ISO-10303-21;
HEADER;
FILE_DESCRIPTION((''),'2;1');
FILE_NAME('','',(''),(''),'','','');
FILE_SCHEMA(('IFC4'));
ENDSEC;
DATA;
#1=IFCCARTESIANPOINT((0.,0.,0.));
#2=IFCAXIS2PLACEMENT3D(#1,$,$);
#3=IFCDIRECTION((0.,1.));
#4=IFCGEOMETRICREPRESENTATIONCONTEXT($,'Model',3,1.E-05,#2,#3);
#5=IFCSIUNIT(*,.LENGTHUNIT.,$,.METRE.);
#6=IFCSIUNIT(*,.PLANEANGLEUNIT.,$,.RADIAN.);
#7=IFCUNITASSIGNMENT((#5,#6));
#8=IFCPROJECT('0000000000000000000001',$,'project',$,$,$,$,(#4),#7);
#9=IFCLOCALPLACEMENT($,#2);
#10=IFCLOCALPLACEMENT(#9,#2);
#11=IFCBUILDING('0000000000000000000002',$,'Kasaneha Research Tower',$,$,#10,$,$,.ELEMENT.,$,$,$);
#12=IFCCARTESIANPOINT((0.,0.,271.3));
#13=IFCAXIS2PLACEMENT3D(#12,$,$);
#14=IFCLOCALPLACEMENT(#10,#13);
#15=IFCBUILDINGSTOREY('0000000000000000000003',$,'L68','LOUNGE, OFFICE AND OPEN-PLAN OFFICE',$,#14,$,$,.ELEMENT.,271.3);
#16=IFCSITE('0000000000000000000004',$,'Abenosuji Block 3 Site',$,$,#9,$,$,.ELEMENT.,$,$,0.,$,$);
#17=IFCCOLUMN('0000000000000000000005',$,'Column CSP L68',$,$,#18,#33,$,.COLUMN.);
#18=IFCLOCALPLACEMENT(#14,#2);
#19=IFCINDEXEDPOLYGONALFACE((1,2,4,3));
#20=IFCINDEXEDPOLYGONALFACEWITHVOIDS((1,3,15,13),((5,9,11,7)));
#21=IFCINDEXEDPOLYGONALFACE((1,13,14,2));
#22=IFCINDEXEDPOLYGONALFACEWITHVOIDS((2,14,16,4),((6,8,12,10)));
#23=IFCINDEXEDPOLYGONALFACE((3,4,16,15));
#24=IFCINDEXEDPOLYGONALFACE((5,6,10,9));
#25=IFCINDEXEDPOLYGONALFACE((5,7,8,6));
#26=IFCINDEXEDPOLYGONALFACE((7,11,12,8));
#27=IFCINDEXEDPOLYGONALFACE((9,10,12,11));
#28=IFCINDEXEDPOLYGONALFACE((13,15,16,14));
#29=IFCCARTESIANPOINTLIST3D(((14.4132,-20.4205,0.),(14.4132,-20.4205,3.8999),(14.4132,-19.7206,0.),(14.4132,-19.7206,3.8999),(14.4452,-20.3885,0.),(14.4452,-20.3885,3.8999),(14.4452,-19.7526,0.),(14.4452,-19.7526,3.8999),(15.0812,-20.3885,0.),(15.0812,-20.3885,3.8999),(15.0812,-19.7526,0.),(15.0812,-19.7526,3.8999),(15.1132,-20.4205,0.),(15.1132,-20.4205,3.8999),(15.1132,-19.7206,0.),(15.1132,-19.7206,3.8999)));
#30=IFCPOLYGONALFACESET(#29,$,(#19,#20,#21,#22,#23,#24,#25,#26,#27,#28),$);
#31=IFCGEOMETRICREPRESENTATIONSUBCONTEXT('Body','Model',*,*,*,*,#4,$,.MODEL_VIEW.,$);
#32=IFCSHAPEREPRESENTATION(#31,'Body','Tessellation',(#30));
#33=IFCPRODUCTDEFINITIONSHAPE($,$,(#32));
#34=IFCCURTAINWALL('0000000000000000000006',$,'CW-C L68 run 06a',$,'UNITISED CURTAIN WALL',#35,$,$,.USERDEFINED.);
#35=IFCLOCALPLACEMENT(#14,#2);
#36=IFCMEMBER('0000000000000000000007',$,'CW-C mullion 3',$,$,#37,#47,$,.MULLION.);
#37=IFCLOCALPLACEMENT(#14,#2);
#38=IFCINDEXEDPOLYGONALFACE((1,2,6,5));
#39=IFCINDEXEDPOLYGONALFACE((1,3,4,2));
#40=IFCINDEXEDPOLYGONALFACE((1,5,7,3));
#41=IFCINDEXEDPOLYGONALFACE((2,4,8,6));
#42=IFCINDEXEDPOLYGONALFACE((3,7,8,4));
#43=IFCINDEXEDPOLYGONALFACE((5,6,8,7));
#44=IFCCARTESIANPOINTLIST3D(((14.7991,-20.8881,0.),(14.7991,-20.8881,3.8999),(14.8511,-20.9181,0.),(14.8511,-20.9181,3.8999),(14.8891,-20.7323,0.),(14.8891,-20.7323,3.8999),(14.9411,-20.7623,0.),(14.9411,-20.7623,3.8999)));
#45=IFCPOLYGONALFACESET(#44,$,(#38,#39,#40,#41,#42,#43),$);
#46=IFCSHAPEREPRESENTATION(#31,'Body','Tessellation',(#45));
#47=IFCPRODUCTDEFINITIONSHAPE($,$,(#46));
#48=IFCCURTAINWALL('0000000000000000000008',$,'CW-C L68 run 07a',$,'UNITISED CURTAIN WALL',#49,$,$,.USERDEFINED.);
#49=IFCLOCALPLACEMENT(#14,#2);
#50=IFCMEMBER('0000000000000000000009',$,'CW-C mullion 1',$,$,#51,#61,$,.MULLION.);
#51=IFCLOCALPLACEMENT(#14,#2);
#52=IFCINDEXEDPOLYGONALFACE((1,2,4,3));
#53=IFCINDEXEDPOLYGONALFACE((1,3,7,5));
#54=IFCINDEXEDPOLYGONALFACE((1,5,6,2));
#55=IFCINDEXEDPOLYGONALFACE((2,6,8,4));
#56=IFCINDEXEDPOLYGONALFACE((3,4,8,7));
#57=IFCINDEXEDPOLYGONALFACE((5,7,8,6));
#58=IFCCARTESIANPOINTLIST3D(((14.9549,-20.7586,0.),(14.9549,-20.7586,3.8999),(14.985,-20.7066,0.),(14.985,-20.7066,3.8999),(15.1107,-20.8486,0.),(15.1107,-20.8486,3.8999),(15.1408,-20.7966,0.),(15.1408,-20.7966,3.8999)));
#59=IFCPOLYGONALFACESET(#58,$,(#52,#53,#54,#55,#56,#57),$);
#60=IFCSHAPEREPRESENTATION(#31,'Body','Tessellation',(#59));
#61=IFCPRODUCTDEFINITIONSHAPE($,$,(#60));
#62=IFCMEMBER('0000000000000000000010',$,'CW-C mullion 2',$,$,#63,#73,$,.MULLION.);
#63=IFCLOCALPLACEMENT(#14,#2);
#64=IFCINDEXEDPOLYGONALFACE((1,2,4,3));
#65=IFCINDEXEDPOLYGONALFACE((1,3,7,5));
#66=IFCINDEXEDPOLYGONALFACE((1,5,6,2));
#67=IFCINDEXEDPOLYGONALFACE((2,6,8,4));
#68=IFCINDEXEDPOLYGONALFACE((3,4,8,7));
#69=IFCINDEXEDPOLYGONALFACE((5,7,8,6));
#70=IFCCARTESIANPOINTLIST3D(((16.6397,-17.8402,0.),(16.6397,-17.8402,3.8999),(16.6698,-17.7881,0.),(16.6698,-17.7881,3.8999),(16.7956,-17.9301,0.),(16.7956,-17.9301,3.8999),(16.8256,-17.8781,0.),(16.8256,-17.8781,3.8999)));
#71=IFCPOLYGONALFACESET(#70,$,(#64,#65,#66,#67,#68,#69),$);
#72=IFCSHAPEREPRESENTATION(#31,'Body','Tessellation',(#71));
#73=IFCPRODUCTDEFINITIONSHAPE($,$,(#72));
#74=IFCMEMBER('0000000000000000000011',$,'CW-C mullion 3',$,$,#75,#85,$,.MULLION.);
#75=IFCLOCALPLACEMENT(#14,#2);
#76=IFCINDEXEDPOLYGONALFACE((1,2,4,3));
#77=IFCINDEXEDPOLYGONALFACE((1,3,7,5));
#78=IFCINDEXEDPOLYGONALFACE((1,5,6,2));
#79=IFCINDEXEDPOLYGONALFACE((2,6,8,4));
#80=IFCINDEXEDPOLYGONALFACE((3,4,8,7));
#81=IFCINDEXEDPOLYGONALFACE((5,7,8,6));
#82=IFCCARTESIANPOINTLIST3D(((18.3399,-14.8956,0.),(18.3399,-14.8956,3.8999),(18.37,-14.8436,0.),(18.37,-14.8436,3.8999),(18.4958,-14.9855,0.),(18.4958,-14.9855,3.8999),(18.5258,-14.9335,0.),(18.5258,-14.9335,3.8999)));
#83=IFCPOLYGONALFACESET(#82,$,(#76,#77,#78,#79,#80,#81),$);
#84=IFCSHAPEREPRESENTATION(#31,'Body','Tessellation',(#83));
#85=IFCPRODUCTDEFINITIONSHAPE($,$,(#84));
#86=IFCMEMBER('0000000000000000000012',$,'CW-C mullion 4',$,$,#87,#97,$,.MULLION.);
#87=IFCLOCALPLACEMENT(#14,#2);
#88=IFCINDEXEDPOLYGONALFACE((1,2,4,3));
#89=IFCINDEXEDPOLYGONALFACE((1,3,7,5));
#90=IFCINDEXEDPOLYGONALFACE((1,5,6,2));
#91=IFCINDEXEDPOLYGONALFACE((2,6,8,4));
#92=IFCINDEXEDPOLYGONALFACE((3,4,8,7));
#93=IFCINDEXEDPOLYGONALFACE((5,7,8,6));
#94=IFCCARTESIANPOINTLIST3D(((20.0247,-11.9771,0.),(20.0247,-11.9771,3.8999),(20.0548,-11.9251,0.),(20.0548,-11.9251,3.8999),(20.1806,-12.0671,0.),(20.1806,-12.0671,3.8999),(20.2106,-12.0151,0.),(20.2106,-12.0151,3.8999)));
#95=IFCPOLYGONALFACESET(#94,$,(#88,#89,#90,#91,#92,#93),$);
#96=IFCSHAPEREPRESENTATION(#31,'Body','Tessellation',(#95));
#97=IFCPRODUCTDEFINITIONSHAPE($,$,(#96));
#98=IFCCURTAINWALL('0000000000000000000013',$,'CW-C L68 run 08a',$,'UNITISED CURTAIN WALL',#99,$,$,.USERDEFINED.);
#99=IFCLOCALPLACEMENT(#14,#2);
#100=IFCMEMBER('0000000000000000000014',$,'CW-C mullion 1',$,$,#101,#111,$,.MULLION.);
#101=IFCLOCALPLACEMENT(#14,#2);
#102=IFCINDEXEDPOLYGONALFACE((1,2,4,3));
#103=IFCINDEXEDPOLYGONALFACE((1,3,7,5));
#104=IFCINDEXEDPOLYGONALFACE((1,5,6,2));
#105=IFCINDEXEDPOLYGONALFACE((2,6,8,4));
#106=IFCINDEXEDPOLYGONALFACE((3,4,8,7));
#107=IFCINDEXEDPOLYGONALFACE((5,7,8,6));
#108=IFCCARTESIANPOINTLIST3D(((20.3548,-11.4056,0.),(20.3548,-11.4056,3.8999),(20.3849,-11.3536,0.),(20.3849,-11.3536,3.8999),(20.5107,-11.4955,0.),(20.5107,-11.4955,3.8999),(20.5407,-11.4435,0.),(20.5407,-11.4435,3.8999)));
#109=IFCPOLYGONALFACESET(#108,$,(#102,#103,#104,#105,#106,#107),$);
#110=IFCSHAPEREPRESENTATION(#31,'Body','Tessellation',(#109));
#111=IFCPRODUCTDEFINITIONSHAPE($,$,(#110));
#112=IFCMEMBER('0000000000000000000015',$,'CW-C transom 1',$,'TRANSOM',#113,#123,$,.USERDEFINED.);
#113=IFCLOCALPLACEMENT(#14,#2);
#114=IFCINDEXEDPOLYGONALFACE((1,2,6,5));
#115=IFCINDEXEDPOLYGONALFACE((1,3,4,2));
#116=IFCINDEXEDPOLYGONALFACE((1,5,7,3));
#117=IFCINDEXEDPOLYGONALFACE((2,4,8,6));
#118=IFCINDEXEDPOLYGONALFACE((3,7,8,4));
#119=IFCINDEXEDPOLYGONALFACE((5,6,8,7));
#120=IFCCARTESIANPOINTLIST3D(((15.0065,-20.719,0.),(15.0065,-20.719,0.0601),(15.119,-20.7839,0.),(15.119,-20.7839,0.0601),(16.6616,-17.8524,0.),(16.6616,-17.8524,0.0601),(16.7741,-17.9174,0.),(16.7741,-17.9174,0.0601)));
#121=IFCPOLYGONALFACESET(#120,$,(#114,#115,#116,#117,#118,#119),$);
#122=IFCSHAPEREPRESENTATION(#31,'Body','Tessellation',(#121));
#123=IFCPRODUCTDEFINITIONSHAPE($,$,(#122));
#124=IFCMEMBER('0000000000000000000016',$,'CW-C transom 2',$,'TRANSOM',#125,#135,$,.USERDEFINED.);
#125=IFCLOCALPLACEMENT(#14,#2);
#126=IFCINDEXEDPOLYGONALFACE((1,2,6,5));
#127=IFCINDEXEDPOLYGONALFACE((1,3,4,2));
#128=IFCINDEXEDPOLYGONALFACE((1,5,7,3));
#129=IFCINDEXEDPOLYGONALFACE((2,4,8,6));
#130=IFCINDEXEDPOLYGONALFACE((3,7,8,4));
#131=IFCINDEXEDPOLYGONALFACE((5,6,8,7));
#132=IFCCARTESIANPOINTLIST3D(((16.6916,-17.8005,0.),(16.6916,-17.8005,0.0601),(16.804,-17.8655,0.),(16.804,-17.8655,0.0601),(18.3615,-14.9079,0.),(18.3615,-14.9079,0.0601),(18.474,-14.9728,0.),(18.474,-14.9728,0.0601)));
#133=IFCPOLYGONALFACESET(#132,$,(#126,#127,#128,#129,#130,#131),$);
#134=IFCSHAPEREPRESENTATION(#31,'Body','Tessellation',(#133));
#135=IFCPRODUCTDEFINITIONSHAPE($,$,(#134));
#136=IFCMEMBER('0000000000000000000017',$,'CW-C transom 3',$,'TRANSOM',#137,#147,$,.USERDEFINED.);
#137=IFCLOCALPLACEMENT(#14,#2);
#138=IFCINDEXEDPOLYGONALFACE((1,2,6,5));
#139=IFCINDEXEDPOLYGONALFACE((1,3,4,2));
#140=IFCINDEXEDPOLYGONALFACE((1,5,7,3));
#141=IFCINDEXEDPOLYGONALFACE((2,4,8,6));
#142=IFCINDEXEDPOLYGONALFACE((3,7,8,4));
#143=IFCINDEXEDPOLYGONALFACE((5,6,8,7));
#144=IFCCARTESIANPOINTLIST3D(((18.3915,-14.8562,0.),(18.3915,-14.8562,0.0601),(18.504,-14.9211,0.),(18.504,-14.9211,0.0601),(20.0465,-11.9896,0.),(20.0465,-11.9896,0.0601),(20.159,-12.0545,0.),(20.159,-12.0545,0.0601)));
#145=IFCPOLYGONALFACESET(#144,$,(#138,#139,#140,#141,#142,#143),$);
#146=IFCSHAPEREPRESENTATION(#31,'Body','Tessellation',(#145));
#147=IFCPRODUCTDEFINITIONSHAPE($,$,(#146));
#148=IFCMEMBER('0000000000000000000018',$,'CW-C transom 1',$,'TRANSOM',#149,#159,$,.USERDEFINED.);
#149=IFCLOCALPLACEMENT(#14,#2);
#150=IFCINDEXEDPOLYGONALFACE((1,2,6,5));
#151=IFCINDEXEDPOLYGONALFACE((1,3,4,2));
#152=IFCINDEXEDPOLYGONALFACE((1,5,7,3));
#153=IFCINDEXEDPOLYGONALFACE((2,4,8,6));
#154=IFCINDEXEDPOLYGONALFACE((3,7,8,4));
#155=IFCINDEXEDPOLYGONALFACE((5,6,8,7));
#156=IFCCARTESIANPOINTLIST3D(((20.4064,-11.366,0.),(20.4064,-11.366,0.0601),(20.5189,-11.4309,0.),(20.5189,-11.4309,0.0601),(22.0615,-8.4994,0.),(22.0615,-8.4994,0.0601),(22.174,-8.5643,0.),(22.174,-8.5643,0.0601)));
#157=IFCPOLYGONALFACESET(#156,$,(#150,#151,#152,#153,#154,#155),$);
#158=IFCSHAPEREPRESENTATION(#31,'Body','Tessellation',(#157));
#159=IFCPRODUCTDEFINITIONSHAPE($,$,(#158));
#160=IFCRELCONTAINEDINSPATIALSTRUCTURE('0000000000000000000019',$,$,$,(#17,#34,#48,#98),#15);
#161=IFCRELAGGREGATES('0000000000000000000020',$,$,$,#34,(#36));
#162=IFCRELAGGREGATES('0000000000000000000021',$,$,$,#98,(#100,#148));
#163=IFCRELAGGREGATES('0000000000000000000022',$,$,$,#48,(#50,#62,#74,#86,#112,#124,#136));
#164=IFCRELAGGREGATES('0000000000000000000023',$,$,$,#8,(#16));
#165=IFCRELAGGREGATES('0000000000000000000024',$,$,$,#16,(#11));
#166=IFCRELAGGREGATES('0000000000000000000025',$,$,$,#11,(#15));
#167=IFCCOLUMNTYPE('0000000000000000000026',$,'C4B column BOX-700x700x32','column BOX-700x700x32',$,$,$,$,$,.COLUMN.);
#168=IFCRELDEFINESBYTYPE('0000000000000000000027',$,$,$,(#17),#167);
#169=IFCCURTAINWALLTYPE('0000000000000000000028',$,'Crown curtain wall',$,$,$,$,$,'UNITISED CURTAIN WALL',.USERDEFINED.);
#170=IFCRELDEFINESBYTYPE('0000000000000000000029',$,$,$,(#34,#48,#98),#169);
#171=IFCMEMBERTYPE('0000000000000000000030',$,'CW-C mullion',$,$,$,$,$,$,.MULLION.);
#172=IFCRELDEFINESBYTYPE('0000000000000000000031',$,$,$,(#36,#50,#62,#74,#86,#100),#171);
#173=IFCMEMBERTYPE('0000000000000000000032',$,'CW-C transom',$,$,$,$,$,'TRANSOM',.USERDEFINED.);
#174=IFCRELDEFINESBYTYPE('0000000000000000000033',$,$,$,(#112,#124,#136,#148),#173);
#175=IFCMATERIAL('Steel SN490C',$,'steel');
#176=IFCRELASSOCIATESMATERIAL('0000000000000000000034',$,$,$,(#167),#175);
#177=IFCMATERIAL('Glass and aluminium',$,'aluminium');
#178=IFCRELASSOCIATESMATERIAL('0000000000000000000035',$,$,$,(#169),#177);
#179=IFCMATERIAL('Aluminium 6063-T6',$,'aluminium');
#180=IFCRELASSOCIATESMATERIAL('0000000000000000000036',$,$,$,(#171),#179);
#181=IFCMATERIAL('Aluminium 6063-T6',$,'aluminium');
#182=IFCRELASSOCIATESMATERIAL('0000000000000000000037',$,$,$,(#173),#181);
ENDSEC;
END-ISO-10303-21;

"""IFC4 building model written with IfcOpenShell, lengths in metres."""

from ifc_helpers import new_model, si_unit, direction, frame, origin, origin_2d, place, context, subcontext, project, spatial, rectangle, hollow_rectangle, extrude, material, material_profile, profile_set, type_object, element, aggregate, save


model = new_model("IFC4")

# Units and contexts
model_context = context("Model", 3, precision=1e-05, world=origin(), true_north=direction((0.0, 1.0)))
body_context = subcontext(model_context, "Body", "Model", "MODEL_VIEW")
ifc_project = project(units=[si_unit("LENGTHUNIT", "METRE"), si_unit("PLANEANGLEUNIT", "RADIAN")], contexts=[model_context])

# Site, building, storey
site_placement = place(None, origin())
site = spatial("IfcSite", under=ifc_project, at=site_placement, Name="Abenosuji Block 3 Site", CompositionType="ELEMENT", RefElevation=0.0)
building_placement = place(site_placement, origin())
building = spatial("IfcBuilding", under=site, at=building_placement, Name="Kasaneha Research Tower", CompositionType="ELEMENT")
storey_placement = place(building_placement, frame((0.0, 0.0, 271.3)))
storey = spatial("IfcBuildingStorey", under=building, at=storey_placement, Name="L68", Description="LOUNGE, OFFICE AND OPEN-PLAN OFFICE", CompositionType="ELEMENT", Elevation=271.3)

# Column
ifc_material_1 = material(Name="Steel SN490C", Category="steel")
ifc_material_profile_1 = material_profile(ifc_material_1, hollow_rectangle(XDim=0.7, YDim=0.7, WallThickness=0.032, at=origin_2d()), Name="BOX-700x700x32")
ifc_profile_set_1 = profile_set([ifc_material_profile_1], Name="Steel SN490C")
column_type = type_object("IfcColumnType", Name="C4B column BOX-700x700x32", Description="column BOX-700x700x32", PredefinedType="COLUMN", material=ifc_profile_set_1)
column_placement = place(storey_placement, frame((14.7632, -20.0706, 0.0), z_axis=(0.0, 0.0, 1.0), x_axis=(1.0, 0.0, 0.0)))
element("IfcColumn", 1, at=column_placement, inside=storey, type_object=column_type, Name="Column CSP L68", PredefinedType="COLUMN", context=body_context, shape_type="SweptSolid", body=[
    extrude(hollow_rectangle(XDim=0.7, YDim=0.7, WallThickness=0.032, at=origin_2d()), origin(), (0.0, 0.0, 1.0), 3.8999),
])

# Curtain wall, member
ifc_material_2 = material(Name="Glass and aluminium", Category="aluminium")
curtain_wall_type = type_object("IfcCurtainWallType", Name="Crown curtain wall", ElementType="UNITISED CURTAIN WALL", PredefinedType="USERDEFINED", material=ifc_material_2)
curtain_wall_1_placement = place(storey_placement, origin())
curtain_wall_1 = element("IfcCurtainWall", 2, at=curtain_wall_1_placement, inside=storey, type_object=curtain_wall_type, Name="CW-C L68 run 06a", ObjectType="UNITISED CURTAIN WALL", PredefinedType="USERDEFINED")
ifc_material_3 = material(Name="Aluminium 6063-T6", Category="aluminium")
ifc_material_profile_2 = material_profile(ifc_material_3, rectangle(XDim=0.0601, YDim=0.1799, at=origin_2d()), Name="CW-C mullion 60x180")
ifc_profile_set_2 = profile_set([ifc_material_profile_2], Name="Aluminium 6063-T6")
member_type_1 = type_object("IfcMemberType", Name="CW-C mullion", PredefinedType="MULLION", material=ifc_profile_set_2)
member_1_placement = place(storey_placement, frame((14.8701, -20.8252, 0.0), z_axis=(0.0, 0.0, 1.0), x_axis=(0.866025, -0.5, 0.0)))
member_1 = element("IfcMember", 3, at=member_1_placement, type_object=member_type_1, Name="CW-C mullion 3", PredefinedType="MULLION", context=body_context, shape_type="SweptSolid", body=[
    extrude(rectangle(XDim=0.0601, YDim=0.1799, at=origin_2d()), origin(), (0.0, 0.0, 1.0), 3.8999),
])
aggregate(curtain_wall_1, [member_1])

# Curtain wall, members
curtain_wall_2_placement = place(storey_placement, origin())
curtain_wall_2 = element("IfcCurtainWall", 4, at=curtain_wall_2_placement, inside=storey, type_object=curtain_wall_type, Name="CW-C L68 run 07a", ObjectType="UNITISED CURTAIN WALL", PredefinedType="USERDEFINED")
member_2_placement = place(storey_placement, frame((15.0479, -20.7776, 0.0), z_axis=(0.0, 0.0, 1.0), x_axis=(0.5, 0.866025, 0.0)))
member_2 = element("IfcMember", 5, at=member_2_placement, type_object=member_type_1, Name="CW-C mullion 1", PredefinedType="MULLION", context=body_context, shape_type="SweptSolid", body=[
    extrude(rectangle(XDim=0.0601, YDim=0.1799, at=origin_2d()), origin(), (0.0, 0.0, 1.0), 3.8999),
])
member_3_placement = place(storey_placement, frame((16.7327, -17.8591, 0.0), z_axis=(0.0, 0.0, 1.0), x_axis=(0.5, 0.866025, 0.0)))
member_3 = element("IfcMember", 6, at=member_3_placement, type_object=member_type_1, Name="CW-C mullion 2", PredefinedType="MULLION", context=body_context, shape_type="SweptSolid", body=[
    extrude(rectangle(XDim=0.0601, YDim=0.1799, at=origin_2d()), origin(), (0.0, 0.0, 1.0), 3.8999),
])
member_4_placement = place(storey_placement, frame((18.4329, -14.9146, 0.0), z_axis=(0.0, 0.0, 1.0), x_axis=(0.5, 0.866025, 0.0)))
member_4 = element("IfcMember", 7, at=member_4_placement, type_object=member_type_1, Name="CW-C mullion 3", PredefinedType="MULLION", context=body_context, shape_type="SweptSolid", body=[
    extrude(rectangle(XDim=0.0601, YDim=0.1799, at=origin_2d()), origin(), (0.0, 0.0, 1.0), 3.8999),
])
member_5_placement = place(storey_placement, frame((20.1177, -11.9961, 0.0), z_axis=(0.0, 0.0, 1.0), x_axis=(0.5, 0.866025, 0.0)))
member_5 = element("IfcMember", 8, at=member_5_placement, type_object=member_type_1, Name="CW-C mullion 4", PredefinedType="MULLION", context=body_context, shape_type="SweptSolid", body=[
    extrude(rectangle(XDim=0.0601, YDim=0.1799, at=origin_2d()), origin(), (0.0, 0.0, 1.0), 3.8999),
])

# Curtain wall, member
curtain_wall_3_placement = place(storey_placement, origin())
curtain_wall_3 = element("IfcCurtainWall", 9, at=curtain_wall_3_placement, inside=storey, type_object=curtain_wall_type, Name="CW-C L68 run 08a", ObjectType="UNITISED CURTAIN WALL", PredefinedType="USERDEFINED")
member_6_placement = place(storey_placement, frame((20.4478, -11.4246, 0.0), z_axis=(0.0, 0.0, 1.0), x_axis=(0.5, 0.866025, 0.0)))
member_6 = element("IfcMember", 10, at=member_6_placement, type_object=member_type_1, Name="CW-C mullion 1", PredefinedType="MULLION", context=body_context, shape_type="SweptSolid", body=[
    extrude(rectangle(XDim=0.0601, YDim=0.1799, at=origin_2d()), origin(), (0.0, 0.0, 1.0), 3.8999),
])

# Members
ifc_material_4 = material(Name="Aluminium 6063-T6", Category="aluminium")
ifc_material_profile_3 = material_profile(ifc_material_4, rectangle(XDim=0.1299, YDim=0.0601, at=origin_2d()), Name="CW-C transom 130x60")
ifc_profile_set_3 = profile_set([ifc_material_profile_3], Name="Aluminium 6063-T6")
member_type_2 = type_object("IfcMemberType", Name="CW-C transom", ElementType="TRANSOM", PredefinedType="USERDEFINED", material=ifc_profile_set_3)
member_7_placement = place(storey_placement, frame((15.0627, -20.7515, 0.03), z_axis=(0.500018, 0.866015, 0.0), x_axis=(-0.866015, 0.500018, 0.0)))
member_7 = element("IfcMember", 11, at=member_7_placement, type_object=member_type_2, Name="CW-C transom 1", ObjectType="TRANSOM", PredefinedType="USERDEFINED", context=body_context, shape_type="SweptSolid", body=[
    extrude(rectangle(XDim=0.1299, YDim=0.0601, at=origin_2d()), origin(), (0.0, 0.0, 1.0), 3.3101),
])
member_8_placement = place(storey_placement, frame((16.7478, -17.833, 0.03), z_axis=(0.499976, 0.86604, 0.0), x_axis=(-0.86604, 0.499976, 0.0)))
member_8 = element("IfcMember", 12, at=member_8_placement, type_object=member_type_2, Name="CW-C transom 2", ObjectType="TRANSOM", PredefinedType="USERDEFINED", context=body_context, shape_type="SweptSolid", body=[
    extrude(rectangle(XDim=0.1299, YDim=0.0601, at=origin_2d()), origin(), (0.0, 0.0, 1.0), 3.3401),
])
member_9_placement = place(storey_placement, frame((18.4478, -14.8887, 0.03), z_axis=(0.499986, 0.866033, 0.0), x_axis=(-0.866033, 0.499986, 0.0)))
member_9 = element("IfcMember", 13, at=member_9_placement, type_object=member_type_2, Name="CW-C transom 3", ObjectType="TRANSOM", PredefinedType="USERDEFINED", context=body_context, shape_type="SweptSolid", body=[
    extrude(rectangle(XDim=0.1299, YDim=0.0601, at=origin_2d()), origin(), (0.0, 0.0, 1.0), 3.3101),
])
member_10_placement = place(storey_placement, frame((20.4626, -11.3984, 0.03), z_axis=(0.500018, 0.866015, 0.0), x_axis=(-0.866015, 0.500018, 0.0)))
member_10 = element("IfcMember", 14, at=member_10_placement, type_object=member_type_2, Name="CW-C transom 1", ObjectType="TRANSOM", PredefinedType="USERDEFINED", context=body_context, shape_type="SweptSolid", body=[
    extrude(rectangle(XDim=0.1299, YDim=0.0601, at=origin_2d()), origin(), (0.0, 0.0, 1.0), 3.3101),
])
aggregate(curtain_wall_3, [member_6, member_10])

aggregate(curtain_wall_2, [member_2, member_3, member_4, member_5, member_7, member_8, member_9])

save(model, "model.ifc")
